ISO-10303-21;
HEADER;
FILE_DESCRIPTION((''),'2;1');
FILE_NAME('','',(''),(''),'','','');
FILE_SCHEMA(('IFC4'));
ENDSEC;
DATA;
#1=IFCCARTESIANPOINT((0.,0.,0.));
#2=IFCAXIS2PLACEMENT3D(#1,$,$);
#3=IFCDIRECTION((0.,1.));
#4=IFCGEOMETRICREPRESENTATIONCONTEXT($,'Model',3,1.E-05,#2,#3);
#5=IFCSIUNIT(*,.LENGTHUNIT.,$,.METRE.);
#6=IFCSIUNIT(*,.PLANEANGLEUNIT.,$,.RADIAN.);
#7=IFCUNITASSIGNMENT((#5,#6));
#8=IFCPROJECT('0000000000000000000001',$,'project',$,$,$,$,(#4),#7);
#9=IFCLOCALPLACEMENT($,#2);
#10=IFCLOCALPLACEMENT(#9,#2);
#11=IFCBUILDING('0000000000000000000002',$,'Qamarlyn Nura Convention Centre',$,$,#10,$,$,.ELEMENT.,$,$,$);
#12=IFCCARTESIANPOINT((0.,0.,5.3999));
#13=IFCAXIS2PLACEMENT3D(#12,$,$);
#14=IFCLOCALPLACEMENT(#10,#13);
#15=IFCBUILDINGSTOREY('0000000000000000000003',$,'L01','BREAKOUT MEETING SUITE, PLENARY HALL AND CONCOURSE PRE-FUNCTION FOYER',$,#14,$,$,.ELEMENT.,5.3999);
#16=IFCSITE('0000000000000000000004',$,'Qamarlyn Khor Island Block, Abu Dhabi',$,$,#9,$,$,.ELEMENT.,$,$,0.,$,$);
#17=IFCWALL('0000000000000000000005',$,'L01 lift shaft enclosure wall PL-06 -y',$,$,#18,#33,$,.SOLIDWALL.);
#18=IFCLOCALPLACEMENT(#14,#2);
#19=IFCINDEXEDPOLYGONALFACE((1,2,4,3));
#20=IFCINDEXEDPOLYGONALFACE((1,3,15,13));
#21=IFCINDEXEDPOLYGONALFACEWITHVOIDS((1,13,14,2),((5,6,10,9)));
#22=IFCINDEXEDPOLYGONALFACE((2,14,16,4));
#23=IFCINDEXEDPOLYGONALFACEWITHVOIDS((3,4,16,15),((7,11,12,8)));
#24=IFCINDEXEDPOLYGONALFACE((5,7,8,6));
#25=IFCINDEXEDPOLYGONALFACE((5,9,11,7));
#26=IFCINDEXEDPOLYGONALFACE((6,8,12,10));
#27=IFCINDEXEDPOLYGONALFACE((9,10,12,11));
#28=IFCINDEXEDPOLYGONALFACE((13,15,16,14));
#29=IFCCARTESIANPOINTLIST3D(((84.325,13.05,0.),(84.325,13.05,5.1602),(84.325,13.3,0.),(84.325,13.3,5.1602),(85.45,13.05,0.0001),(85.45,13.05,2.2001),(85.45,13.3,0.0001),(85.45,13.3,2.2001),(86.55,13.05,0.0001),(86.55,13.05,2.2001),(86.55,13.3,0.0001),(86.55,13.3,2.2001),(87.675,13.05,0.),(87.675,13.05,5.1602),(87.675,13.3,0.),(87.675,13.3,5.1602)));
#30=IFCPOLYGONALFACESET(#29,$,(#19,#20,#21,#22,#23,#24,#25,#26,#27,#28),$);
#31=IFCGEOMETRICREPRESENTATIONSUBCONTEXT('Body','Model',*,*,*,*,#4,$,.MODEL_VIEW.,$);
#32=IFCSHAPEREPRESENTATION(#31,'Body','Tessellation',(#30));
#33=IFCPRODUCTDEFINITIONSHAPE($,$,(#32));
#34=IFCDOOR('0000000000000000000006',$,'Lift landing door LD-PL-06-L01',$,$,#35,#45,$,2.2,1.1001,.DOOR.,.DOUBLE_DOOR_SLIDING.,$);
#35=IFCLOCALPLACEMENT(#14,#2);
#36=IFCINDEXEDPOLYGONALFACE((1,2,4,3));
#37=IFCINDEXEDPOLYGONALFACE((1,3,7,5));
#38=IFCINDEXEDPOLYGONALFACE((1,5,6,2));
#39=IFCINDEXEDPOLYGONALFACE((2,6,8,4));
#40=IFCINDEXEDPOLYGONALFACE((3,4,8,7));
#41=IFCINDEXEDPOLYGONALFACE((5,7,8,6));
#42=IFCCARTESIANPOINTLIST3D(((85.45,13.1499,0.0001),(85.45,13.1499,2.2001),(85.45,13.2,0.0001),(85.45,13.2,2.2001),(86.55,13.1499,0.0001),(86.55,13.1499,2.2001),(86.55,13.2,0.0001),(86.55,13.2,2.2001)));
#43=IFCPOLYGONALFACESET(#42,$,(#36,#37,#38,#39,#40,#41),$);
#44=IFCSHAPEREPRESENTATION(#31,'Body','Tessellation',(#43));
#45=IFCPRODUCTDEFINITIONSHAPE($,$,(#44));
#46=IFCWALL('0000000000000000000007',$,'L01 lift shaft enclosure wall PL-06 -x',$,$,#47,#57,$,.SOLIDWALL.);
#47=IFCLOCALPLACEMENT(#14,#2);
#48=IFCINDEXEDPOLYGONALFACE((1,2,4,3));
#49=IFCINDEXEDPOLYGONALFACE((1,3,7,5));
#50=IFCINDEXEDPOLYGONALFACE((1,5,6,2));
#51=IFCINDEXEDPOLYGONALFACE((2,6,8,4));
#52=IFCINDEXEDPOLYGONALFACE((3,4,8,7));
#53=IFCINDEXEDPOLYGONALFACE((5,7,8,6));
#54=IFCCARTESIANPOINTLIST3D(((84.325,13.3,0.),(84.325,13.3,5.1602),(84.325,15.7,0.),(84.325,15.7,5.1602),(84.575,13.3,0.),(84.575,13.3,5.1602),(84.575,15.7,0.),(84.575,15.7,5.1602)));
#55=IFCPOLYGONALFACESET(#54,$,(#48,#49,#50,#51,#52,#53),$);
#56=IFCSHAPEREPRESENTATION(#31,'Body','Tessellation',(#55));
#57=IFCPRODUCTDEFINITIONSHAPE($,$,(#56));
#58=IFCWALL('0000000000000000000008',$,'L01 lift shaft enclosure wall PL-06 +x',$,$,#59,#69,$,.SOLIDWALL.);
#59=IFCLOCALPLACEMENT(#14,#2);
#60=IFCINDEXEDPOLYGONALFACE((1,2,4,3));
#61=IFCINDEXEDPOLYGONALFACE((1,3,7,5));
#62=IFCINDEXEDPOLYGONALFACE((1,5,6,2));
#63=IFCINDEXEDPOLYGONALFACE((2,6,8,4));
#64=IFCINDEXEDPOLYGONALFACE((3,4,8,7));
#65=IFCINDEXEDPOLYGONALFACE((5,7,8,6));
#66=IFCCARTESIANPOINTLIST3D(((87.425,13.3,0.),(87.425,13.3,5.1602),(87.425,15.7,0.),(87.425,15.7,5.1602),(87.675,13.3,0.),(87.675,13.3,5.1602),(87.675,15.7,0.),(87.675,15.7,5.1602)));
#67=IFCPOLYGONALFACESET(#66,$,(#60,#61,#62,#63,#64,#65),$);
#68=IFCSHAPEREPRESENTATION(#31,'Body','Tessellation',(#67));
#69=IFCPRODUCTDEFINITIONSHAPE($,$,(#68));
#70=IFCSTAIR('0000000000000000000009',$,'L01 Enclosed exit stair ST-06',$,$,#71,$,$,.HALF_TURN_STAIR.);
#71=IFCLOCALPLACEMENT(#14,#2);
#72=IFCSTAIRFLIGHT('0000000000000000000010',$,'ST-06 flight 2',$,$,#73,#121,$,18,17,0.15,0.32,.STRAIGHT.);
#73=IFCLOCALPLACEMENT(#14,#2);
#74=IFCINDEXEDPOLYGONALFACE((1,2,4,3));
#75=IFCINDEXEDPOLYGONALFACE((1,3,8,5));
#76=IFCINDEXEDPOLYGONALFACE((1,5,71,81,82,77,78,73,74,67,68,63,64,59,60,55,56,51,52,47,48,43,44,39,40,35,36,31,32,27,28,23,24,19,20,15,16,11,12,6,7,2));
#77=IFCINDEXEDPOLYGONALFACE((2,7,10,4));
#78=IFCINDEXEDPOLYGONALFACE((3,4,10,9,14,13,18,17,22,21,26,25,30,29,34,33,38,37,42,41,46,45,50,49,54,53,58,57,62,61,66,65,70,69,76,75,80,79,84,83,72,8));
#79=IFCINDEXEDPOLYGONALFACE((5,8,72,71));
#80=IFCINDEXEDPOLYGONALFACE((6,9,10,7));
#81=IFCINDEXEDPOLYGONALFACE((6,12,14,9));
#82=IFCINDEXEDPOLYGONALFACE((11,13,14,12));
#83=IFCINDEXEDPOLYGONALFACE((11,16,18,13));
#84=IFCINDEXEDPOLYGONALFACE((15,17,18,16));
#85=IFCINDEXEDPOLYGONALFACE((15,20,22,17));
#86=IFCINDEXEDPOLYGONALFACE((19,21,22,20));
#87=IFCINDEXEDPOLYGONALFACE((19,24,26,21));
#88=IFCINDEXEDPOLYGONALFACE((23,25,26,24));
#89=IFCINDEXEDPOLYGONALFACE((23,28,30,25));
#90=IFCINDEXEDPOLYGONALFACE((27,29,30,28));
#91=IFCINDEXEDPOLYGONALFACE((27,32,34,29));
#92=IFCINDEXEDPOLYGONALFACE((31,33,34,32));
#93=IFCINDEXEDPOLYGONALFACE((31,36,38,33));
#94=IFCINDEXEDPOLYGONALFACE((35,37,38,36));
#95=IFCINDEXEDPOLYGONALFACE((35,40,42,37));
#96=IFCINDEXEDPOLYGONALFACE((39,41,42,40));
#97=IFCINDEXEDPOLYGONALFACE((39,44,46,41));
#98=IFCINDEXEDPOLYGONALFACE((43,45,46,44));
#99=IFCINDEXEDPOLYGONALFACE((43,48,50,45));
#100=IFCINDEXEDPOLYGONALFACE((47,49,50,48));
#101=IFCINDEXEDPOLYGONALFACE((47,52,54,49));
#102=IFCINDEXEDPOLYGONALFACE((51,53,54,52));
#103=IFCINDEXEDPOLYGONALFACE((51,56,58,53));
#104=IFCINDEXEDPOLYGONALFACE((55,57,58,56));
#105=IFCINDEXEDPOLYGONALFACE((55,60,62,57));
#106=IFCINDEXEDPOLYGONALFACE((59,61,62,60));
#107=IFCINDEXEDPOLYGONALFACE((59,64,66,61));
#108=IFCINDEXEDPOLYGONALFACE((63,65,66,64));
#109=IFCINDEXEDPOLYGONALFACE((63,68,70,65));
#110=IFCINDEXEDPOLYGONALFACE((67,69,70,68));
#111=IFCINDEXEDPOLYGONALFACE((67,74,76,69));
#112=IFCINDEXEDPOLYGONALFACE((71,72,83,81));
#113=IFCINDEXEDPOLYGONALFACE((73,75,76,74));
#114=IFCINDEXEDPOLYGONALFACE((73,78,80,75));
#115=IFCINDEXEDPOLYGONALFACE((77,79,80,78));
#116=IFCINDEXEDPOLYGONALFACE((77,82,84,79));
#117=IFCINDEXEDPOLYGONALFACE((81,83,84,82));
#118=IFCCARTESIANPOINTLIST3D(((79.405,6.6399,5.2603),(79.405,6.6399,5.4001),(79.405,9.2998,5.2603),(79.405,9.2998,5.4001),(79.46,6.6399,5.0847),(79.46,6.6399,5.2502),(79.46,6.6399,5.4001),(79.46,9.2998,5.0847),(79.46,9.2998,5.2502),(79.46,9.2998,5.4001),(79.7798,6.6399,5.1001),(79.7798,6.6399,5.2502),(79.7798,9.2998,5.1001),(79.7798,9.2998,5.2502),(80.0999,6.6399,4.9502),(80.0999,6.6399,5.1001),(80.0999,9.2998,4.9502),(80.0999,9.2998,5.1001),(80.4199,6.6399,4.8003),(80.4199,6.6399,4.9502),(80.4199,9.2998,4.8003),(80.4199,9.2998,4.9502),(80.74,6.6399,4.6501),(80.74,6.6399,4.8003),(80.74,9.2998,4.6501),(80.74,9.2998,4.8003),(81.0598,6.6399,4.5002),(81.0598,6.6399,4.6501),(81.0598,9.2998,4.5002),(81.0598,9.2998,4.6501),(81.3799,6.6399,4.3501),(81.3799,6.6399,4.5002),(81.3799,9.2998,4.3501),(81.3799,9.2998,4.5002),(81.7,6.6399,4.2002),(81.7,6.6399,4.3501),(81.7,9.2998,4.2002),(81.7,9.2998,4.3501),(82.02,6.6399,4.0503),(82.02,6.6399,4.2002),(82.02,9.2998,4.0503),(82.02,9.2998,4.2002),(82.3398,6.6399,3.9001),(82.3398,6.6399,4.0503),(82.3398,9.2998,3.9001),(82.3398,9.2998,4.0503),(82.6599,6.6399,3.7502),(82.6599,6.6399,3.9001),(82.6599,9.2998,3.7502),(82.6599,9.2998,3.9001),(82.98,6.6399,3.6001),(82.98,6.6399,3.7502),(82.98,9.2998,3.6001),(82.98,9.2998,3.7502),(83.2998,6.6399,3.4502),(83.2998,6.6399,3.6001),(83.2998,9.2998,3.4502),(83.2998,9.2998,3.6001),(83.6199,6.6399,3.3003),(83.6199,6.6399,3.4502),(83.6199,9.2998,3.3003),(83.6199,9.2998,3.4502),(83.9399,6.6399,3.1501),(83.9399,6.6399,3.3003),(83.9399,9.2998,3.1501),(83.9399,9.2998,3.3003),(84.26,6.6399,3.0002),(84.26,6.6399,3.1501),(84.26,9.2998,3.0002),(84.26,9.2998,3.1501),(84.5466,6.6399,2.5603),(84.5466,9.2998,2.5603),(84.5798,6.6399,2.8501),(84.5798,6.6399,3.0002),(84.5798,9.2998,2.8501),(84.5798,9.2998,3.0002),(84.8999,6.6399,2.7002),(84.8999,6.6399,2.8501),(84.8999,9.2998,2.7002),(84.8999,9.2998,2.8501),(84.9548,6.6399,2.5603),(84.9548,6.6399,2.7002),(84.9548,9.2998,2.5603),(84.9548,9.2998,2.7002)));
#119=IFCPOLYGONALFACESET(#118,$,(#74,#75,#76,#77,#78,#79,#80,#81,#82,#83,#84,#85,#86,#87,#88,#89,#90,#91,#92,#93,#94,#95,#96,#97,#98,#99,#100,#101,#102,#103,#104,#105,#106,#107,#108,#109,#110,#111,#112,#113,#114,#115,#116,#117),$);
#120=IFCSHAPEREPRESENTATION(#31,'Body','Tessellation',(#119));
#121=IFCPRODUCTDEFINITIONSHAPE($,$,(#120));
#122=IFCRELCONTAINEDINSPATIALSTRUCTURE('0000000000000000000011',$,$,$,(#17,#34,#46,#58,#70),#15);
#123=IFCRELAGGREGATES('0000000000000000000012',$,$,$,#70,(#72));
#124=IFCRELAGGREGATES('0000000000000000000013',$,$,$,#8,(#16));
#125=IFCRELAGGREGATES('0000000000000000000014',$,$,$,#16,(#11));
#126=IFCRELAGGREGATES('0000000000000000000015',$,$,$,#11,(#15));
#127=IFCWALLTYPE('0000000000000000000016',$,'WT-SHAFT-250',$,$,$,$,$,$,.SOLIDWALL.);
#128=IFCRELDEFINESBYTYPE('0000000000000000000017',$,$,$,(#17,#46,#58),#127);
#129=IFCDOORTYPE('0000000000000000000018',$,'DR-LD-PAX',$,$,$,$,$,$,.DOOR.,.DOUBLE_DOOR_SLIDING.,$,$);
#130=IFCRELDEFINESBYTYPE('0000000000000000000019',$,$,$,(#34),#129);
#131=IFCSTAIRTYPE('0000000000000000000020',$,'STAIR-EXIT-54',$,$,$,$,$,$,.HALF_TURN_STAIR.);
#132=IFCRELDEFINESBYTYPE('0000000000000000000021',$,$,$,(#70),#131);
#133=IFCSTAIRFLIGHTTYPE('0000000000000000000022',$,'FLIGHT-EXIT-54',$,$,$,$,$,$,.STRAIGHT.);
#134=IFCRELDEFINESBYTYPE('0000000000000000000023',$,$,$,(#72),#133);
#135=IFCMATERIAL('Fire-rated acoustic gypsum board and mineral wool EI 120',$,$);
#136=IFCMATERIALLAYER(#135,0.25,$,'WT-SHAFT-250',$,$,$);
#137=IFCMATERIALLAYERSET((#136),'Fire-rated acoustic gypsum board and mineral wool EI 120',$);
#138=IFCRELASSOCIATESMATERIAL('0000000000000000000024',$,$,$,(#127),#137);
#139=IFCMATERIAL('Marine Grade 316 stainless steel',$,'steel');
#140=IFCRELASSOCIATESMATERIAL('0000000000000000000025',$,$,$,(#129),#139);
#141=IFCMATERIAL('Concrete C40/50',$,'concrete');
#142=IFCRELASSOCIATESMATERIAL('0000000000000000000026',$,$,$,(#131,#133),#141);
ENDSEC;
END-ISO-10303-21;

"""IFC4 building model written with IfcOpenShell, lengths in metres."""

from ifc_helpers import new_model, si_unit, direction, frame, frame_2d, origin, place, context, subcontext, project, spatial, polyline, rectangle, outline, extrude, material, layer, layer_set, type_object, element, fill, aggregate, save


model = new_model("IFC4")

# Units and contexts
model_context = context("Model", 3, precision=1e-05, world=origin(), true_north=direction((0.0, 1.0)))
body_context = subcontext(model_context, "Body", "Model", "MODEL_VIEW")
ifc_project = project(units=[si_unit("LENGTHUNIT", "METRE"), si_unit("PLANEANGLEUNIT", "RADIAN")], contexts=[model_context])

# Site, building, storey
site_placement = place(None, origin())
site = spatial("IfcSite", under=ifc_project, at=site_placement, Name="Qamarlyn Khor Island Block, Abu Dhabi", CompositionType="ELEMENT", RefElevation=0.0)
building_placement = place(site_placement, origin())
building = spatial("IfcBuilding", under=site, at=building_placement, Name="Qamarlyn Nura Convention Centre", CompositionType="ELEMENT")
storey_placement = place(building_placement, frame((0.0, 0.0, 5.3999)))
storey = spatial("IfcBuildingStorey", under=building, at=storey_placement, Name="L01", Description="BREAKOUT MEETING SUITE, PLENARY HALL AND CONCOURSE PRE-FUNCTION FOYER", CompositionType="ELEMENT", Elevation=5.3999)

# Wall, opening, door
ifc_material_1 = material(Name="Fire-rated acoustic gypsum board and mineral wool EI 120")
ifc_layer_1 = layer(ifc_material_1, 0.25, Name="WT-SHAFT-250")
ifc_layer_set_1 = layer_set([ifc_layer_1], Name="Fire-rated acoustic gypsum board and mineral wool EI 120")
wall_type = type_object("IfcWallType", Name="WT-SHAFT-250", PredefinedType="SOLIDWALL", material=ifc_layer_set_1)
wall_placement = place(storey_placement, frame((84.325, 13.175, 0.0), z_axis=(0.0, 0.0, 1.0), x_axis=(1.0, 0.0, 0.0)))
wall = element("IfcWall", 1, at=wall_placement, inside=storey, type_object=wall_type, Name="L01 lift shaft enclosure wall PL-06 -y", PredefinedType="SOLIDWALL", context=body_context, shape_type="SweptSolid", body=[
    extrude(rectangle(XDim=3.3501, YDim=0.25, at=frame_2d((1.675, 0.0))), origin(), (0.0, 0.0, 1.0), 5.1602),
])
opening_placement = place(wall_placement, frame((1.125, 0.0, 0.0)))
opening = element("IfcOpeningElement", 2, at=opening_placement, cuts=wall, PredefinedType="OPENING", context=body_context, shape_type="SweptSolid", body=[
    extrude(rectangle(XDim=1.1001, YDim=2.2, at=frame_2d((0.55, 1.1001))), frame((0.0, 0.135, 0.0), z_axis=(0.0, -1.0, 0.0), x_axis=(1.0, 0.0, 0.0)), (0.0, 0.0, 1.0), 0.27),
])
ifc_material_2 = material(Name="Marine Grade 316 stainless steel", Category="steel")
door_type = type_object("IfcDoorType", Name="DR-LD-PAX", OperationType="DOUBLE_DOOR_SLIDING", PredefinedType="DOOR", material=ifc_material_2)
door_placement = place(opening_placement, origin())
door = element("IfcDoor", 3, at=door_placement, inside=storey, type_object=door_type, Name="Lift landing door LD-PL-06-L01", OperationType="DOUBLE_DOOR_SLIDING", OverallHeight=2.2, OverallWidth=1.1001, PredefinedType="DOOR", context=body_context, shape_type="SweptSolid", body=[
    extrude(rectangle(XDim=1.1001, YDim=2.2, at=frame_2d((0.55, 1.1001))), frame((0.0, 0.0249, 0.0), z_axis=(0.0, -1.0, 0.0), x_axis=(1.0, 0.0, 0.0)), (0.0, 0.0, 1.0), 0.05),
])
fill(opening, door)

# Walls
for number, where, z_axis, x_axis, name in (
    (4, (84.45, 15.7, 0.0), (0.0, 0.0, 1.0), (0.0, -1.0, 0.0), "L01 lift shaft enclosure wall PL-06 -x"),
    (5, (87.55, 13.3, 0.0), (0.0, 0.0, 1.0), (0.0, 1.0, 0.0), "L01 lift shaft enclosure wall PL-06 +x"),
):
    element("IfcWall", number, at=place(storey_placement, frame(where, z_axis=z_axis, x_axis=x_axis)), inside=storey, type_object=wall_type, Name=name, PredefinedType="SOLIDWALL", context=body_context, shape_type="SweptSolid", body=[
        extrude(rectangle(XDim=2.3999, YDim=0.25, at=frame_2d((1.2, 0.0))), origin(), (0.0, 0.0, 1.0), 5.1602),
    ])

# Stair, stair flight
ifc_material_3 = material(Name="Concrete C40/50", Category="concrete")
stair_type = type_object("IfcStairType", Name="STAIR-EXIT-54", PredefinedType="HALF_TURN_STAIR", material=ifc_material_3)
stair_placement = place(storey_placement, origin())
stair = element("IfcStair", 6, at=stair_placement, inside=storey, type_object=stair_type, Name="L01 Enclosed exit stair ST-06", PredefinedType="HALF_TURN_STAIR")
stair_flight_type = type_object("IfcStairFlightType", Name="FLIGHT-EXIT-54", PredefinedType="STRAIGHT", material=ifc_material_3)
stair_flight_placement = place(storey_placement, frame((84.8999, 7.97, 2.7002), z_axis=(0.0, 0.0, 1.0), x_axis=(-1.0, 0.0, 0.0)))
stair_flight = element("IfcStairFlight", 7, at=stair_flight_placement, type_object=stair_flight_type, Name="ST-06 flight 2", NumberOfRisers=18, NumberOfTreads=17, PredefinedType="STRAIGHT", RiserHeight=0.15, TreadLength=0.32, context=body_context, shape_type="SweptSolid", body=[
    extrude(outline(polyline([(-0.0549, 0.0), (0.0, 0.0), (0.0, 0.1499), (0.3201, 0.1499), (0.3201, 0.3), (0.6399, 0.3), (0.6399, 0.45), (0.96, 0.45), (0.96, 0.6001), (1.28, 0.6001), (1.28, 0.75), (1.6001, 0.75), (1.6001, 0.8999), (1.9199, 0.8999), (1.9199, 1.05), (2.24, 1.05), (2.24, 1.2), (2.5601, 1.2), (2.5601, 1.3501), (2.8799, 1.3501), (2.8799, 1.5), (3.2, 1.5), (3.2, 1.6499), (3.52, 1.6499), (3.52, 1.8), (3.8401, 1.8), (3.8401, 1.95), (4.1599, 1.95), (4.1599, 2.1001), (4.48, 2.1001), (4.48, 2.25), (4.8, 2.25), (4.8, 2.3999), (5.1201, 2.3999), (5.1201, 2.55), (5.4399, 2.55), (5.4399, 2.7), (5.4949, 2.7), (5.4949, 2.5601), (5.4399, 2.3845), (0.3533, -0.1399), (-0.0549, -0.1399), (-0.0549, 0.0)])), frame((0.0, 1.3301, 0.0), z_axis=(0.0, -1.0, 0.0), x_axis=(1.0, 0.0, 0.0)), (0.0, 0.0, 1.0), 2.6599),
])
aggregate(stair, [stair_flight])

save(model, "model.ifc")
